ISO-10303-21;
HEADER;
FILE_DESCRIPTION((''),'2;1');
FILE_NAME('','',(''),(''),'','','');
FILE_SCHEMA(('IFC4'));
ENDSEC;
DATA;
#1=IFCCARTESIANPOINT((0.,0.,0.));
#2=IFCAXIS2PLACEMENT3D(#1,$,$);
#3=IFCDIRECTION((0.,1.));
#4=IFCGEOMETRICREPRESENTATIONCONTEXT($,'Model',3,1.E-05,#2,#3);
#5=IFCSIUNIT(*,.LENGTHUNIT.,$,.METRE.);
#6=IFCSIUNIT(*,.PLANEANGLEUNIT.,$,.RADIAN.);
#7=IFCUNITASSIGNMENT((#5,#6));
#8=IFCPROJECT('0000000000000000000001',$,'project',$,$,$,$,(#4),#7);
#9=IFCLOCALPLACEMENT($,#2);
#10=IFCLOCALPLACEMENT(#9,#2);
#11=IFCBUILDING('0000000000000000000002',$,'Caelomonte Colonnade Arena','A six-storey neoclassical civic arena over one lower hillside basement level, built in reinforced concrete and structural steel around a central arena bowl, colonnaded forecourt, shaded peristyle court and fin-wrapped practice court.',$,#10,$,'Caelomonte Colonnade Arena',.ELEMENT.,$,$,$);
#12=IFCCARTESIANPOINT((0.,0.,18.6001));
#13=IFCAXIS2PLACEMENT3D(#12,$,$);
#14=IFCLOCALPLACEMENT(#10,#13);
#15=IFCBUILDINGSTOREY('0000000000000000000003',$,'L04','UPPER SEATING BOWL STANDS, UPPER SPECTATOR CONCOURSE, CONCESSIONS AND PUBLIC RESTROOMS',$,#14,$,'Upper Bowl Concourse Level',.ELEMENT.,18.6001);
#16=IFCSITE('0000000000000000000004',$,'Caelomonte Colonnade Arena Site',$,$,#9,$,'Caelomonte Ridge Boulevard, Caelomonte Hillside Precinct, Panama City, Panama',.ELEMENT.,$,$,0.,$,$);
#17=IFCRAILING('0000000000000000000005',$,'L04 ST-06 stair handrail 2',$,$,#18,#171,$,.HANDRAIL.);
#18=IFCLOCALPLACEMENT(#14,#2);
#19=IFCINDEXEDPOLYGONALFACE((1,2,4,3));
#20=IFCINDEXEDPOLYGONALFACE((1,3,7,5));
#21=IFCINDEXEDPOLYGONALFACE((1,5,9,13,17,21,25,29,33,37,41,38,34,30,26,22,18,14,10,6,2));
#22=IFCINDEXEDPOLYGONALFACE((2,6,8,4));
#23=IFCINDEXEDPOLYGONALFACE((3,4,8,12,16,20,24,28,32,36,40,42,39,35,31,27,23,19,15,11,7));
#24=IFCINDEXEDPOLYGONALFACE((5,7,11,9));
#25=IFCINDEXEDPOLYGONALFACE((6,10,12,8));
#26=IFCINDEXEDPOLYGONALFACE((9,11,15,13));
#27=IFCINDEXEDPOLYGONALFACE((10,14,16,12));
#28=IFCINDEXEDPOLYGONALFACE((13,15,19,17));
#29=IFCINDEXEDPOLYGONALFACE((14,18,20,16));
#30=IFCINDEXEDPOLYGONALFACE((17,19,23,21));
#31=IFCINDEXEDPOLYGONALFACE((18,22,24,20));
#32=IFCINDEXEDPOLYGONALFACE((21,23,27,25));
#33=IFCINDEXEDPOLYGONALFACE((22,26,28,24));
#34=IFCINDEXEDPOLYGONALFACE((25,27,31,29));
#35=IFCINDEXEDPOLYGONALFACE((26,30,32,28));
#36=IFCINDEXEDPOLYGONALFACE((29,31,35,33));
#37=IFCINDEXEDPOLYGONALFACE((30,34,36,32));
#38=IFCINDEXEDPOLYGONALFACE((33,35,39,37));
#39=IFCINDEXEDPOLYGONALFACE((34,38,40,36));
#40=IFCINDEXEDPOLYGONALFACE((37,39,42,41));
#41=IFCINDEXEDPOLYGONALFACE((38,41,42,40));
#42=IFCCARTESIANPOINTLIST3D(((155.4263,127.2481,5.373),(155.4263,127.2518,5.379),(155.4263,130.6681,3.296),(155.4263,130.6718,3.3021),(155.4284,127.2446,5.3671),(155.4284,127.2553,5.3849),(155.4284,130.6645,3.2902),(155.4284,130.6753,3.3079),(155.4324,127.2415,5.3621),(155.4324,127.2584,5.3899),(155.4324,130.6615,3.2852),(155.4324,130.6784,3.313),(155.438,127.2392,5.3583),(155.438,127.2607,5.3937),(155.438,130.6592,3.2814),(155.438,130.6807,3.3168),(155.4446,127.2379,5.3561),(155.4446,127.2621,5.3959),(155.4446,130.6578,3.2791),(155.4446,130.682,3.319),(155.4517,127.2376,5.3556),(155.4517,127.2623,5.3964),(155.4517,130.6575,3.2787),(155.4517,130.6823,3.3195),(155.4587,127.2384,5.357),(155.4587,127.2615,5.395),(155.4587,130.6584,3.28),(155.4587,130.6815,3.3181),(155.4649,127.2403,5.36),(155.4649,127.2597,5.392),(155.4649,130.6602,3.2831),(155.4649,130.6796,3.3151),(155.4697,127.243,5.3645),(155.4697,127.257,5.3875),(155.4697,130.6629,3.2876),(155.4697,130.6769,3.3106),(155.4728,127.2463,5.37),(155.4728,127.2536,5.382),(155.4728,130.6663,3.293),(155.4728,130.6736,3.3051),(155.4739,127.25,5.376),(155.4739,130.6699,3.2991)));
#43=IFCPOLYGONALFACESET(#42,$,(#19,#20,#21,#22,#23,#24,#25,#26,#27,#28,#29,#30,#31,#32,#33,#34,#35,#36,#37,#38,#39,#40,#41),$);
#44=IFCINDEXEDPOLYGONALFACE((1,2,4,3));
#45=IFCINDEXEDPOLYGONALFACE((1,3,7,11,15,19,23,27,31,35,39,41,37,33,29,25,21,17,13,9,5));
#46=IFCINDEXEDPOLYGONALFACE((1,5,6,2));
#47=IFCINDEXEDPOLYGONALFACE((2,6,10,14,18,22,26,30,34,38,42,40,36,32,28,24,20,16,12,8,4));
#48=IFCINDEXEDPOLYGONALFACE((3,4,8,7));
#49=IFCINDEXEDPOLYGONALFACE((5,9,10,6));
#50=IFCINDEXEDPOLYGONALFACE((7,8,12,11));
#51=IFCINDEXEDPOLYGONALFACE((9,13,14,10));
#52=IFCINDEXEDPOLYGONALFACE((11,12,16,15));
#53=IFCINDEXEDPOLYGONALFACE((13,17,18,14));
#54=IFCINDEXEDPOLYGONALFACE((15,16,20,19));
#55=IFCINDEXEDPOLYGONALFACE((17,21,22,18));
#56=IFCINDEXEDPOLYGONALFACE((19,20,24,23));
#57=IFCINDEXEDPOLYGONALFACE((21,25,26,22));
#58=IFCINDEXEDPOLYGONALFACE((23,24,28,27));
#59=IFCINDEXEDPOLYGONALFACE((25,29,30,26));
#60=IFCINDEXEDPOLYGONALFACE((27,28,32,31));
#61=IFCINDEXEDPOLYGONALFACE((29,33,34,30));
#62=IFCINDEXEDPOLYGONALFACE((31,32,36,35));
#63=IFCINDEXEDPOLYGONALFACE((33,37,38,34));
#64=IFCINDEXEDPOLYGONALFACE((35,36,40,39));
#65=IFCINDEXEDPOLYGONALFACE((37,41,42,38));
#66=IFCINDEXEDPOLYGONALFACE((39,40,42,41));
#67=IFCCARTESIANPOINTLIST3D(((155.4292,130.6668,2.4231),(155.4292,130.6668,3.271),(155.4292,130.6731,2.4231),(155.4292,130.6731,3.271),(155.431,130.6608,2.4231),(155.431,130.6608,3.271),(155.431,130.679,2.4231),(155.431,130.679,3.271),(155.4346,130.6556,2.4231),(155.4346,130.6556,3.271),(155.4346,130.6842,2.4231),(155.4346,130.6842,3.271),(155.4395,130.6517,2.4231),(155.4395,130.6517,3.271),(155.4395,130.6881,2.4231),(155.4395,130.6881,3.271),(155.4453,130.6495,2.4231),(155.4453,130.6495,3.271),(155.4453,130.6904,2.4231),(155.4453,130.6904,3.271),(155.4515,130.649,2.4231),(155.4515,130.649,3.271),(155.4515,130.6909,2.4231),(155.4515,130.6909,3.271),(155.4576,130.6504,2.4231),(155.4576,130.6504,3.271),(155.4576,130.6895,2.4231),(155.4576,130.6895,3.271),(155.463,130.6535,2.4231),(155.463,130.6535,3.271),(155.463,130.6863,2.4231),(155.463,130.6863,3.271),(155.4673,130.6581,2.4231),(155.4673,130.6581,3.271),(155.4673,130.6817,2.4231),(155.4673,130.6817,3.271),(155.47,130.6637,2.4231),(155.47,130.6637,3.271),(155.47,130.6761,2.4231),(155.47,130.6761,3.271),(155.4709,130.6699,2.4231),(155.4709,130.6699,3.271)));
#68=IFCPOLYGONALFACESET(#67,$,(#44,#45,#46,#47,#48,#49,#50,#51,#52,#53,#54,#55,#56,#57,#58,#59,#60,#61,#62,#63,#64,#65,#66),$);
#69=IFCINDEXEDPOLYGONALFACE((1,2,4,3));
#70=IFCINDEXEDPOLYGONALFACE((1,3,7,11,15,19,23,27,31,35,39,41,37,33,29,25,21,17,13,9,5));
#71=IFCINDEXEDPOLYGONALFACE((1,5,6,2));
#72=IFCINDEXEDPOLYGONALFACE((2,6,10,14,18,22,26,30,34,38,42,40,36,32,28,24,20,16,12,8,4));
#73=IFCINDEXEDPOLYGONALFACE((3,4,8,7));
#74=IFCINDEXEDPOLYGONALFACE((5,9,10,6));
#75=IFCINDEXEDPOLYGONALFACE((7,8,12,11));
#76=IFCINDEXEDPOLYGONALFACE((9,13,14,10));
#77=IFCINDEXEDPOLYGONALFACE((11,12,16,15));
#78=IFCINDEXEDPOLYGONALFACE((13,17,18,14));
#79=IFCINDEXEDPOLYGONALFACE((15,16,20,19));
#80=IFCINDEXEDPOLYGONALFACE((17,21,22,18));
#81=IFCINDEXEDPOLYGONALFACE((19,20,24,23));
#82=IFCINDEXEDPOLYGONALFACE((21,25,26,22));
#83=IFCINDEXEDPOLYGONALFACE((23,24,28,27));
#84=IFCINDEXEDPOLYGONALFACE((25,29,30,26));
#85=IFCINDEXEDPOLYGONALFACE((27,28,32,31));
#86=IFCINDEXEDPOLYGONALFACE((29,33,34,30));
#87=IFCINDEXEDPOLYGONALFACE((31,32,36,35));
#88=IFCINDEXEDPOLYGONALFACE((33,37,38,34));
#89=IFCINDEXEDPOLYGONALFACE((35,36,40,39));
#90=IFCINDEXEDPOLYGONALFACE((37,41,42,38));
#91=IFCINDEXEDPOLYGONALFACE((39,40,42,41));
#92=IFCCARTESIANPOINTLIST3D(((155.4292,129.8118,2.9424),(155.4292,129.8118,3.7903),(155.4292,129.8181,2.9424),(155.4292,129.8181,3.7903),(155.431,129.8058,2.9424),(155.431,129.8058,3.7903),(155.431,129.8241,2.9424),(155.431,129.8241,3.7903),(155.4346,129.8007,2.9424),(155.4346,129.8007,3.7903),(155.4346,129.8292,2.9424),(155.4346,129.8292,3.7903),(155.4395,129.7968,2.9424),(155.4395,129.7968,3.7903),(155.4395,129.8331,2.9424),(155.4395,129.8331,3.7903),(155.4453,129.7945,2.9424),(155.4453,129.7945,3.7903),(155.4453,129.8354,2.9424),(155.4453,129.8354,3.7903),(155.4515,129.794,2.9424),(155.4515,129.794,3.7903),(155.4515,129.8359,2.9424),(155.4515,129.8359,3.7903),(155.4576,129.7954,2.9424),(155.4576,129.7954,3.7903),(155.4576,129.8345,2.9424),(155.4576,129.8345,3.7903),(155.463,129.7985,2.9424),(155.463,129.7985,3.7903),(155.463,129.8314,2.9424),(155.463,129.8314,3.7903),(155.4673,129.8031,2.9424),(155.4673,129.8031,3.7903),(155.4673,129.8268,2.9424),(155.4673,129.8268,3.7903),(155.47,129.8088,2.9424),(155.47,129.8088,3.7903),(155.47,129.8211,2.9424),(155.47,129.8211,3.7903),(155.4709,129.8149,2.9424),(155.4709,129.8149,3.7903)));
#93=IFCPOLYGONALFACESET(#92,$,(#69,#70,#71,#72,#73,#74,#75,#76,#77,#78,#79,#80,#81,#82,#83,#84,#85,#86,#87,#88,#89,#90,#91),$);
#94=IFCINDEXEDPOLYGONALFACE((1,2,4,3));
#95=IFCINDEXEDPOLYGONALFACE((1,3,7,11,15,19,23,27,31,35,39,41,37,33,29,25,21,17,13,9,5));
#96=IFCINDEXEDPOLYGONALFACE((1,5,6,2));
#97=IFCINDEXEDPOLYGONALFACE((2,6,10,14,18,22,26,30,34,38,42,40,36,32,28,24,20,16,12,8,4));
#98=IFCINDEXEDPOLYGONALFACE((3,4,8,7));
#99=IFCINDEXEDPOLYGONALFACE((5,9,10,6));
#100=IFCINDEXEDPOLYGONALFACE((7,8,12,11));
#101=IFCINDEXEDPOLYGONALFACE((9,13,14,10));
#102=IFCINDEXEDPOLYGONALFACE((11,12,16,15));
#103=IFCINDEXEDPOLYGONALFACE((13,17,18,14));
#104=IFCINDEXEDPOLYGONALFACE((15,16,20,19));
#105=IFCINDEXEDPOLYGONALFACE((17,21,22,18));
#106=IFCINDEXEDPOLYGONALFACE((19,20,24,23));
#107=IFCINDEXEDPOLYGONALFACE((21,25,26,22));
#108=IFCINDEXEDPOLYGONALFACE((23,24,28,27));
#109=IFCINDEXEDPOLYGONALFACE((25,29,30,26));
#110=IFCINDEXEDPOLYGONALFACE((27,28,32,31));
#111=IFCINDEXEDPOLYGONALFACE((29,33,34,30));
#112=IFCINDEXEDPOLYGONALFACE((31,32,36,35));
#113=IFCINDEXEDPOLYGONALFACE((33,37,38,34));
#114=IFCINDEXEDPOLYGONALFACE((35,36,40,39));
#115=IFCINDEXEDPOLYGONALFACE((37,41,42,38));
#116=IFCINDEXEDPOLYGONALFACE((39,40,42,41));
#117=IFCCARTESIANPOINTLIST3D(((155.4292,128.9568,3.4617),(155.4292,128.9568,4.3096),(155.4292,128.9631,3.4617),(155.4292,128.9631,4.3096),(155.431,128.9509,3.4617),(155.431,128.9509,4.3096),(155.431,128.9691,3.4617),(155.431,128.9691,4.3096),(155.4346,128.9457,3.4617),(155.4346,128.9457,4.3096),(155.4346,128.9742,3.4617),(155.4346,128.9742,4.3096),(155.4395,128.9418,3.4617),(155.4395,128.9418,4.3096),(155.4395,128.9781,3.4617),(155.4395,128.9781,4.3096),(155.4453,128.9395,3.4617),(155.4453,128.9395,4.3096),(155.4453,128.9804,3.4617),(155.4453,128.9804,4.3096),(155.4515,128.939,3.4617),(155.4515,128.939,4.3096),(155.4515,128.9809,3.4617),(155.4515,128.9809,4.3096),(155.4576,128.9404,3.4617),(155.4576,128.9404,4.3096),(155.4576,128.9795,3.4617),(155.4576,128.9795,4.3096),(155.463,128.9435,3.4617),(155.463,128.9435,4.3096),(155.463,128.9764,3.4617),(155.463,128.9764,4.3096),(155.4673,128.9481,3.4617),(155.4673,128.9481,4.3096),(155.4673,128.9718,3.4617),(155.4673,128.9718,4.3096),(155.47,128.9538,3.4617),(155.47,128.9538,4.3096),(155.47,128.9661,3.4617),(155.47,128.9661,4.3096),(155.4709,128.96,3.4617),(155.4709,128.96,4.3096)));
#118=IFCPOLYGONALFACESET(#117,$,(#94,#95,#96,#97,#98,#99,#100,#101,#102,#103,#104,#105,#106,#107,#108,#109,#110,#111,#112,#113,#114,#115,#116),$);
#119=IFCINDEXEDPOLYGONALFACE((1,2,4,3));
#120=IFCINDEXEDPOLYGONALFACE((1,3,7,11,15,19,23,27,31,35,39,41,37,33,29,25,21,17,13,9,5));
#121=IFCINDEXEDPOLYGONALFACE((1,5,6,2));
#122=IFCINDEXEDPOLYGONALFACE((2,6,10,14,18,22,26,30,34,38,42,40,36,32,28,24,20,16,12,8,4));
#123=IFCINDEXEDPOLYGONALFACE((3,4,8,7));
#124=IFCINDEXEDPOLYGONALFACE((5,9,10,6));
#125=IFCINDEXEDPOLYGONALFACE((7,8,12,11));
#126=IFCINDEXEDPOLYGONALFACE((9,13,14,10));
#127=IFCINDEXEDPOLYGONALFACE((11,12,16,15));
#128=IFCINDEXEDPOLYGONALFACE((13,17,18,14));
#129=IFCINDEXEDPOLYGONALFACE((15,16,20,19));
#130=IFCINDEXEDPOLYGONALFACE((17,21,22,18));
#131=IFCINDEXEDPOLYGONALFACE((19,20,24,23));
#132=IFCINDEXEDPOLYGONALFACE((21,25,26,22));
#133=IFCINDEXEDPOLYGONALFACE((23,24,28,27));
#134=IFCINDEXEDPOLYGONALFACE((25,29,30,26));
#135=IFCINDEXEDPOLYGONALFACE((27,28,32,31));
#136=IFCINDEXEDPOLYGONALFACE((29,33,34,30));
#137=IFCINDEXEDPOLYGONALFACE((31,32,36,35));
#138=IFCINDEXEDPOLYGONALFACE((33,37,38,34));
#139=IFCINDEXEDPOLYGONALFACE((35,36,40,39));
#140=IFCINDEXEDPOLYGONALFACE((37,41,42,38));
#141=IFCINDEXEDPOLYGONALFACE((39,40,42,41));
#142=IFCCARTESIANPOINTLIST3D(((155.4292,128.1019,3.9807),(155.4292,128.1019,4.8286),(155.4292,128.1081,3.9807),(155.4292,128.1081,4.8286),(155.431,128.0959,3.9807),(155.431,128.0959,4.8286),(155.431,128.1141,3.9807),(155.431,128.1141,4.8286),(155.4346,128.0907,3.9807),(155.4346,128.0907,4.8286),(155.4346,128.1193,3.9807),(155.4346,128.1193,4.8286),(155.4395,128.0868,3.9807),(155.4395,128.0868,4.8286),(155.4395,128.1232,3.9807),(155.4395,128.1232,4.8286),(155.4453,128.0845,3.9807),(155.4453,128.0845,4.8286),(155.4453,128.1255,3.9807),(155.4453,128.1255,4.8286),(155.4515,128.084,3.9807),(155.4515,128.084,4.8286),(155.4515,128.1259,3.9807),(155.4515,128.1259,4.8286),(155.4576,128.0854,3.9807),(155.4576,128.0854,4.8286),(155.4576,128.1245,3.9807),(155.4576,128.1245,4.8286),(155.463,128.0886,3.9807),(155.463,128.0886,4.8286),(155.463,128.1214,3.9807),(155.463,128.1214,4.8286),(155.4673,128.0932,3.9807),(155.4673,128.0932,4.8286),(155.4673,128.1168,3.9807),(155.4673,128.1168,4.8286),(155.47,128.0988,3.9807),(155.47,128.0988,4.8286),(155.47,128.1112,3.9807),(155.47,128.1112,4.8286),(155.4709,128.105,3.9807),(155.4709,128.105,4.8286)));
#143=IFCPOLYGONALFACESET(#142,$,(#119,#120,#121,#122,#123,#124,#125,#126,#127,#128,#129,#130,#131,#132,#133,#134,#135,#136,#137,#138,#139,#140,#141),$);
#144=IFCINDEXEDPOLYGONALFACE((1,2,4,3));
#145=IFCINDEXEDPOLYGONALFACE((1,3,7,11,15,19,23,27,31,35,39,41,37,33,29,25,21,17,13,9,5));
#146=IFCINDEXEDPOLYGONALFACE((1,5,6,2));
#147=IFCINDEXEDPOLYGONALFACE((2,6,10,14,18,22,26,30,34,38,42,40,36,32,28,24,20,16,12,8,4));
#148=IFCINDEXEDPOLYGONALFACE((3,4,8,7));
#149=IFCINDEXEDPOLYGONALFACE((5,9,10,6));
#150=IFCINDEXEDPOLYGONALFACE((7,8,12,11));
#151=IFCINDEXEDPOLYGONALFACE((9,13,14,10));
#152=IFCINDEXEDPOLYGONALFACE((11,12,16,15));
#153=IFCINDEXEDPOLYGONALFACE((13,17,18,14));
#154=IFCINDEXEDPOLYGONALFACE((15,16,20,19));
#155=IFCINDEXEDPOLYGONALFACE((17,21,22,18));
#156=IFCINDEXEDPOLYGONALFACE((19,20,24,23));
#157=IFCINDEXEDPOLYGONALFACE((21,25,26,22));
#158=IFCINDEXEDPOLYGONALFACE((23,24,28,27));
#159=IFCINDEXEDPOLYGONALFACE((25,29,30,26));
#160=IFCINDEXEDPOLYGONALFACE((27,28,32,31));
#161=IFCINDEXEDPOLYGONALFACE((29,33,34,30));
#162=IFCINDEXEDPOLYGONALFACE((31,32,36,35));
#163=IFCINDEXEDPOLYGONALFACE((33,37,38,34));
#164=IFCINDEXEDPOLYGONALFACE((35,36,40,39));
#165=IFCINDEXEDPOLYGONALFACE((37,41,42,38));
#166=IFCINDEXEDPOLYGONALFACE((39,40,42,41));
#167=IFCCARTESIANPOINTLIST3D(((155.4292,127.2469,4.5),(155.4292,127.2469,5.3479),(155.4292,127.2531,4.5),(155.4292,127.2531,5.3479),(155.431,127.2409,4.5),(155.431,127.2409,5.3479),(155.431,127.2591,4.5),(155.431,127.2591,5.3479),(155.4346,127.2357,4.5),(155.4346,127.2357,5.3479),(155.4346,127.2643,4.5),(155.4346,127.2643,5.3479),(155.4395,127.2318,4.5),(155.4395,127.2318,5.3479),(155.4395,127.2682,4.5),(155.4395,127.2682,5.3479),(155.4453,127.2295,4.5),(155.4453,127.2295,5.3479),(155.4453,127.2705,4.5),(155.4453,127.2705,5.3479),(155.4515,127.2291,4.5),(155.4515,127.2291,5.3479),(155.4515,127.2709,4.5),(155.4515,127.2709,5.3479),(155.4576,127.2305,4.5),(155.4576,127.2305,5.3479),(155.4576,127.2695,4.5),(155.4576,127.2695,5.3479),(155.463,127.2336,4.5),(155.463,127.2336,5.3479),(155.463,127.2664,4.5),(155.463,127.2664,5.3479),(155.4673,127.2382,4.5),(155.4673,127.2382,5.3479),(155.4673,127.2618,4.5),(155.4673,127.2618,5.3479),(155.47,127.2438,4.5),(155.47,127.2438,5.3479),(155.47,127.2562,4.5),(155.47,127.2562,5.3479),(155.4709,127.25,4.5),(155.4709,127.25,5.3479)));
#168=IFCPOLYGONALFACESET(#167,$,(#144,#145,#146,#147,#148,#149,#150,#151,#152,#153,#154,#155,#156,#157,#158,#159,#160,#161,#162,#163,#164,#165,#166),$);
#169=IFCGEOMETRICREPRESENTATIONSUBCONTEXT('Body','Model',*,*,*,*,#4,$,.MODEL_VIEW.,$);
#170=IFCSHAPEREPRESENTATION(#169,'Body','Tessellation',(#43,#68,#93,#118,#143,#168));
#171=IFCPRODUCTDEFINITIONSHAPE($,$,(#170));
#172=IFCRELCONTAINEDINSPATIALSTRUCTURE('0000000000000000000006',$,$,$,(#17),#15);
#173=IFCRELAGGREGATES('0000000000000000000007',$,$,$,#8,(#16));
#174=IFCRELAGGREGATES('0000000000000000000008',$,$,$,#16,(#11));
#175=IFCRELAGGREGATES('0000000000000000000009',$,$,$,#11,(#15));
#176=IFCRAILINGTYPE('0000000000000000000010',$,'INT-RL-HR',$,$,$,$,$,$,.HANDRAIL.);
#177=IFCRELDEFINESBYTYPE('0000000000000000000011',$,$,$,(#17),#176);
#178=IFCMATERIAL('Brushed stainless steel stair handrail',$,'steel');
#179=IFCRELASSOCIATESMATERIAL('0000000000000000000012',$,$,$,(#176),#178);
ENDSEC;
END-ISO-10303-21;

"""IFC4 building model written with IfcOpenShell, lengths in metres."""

from ifc_helpers import new_model, si_unit, direction, frame, origin, origin_2d, place, context, subcontext, project, spatial, circle, extrude, material, type_object, element, save


model = new_model("IFC4")

# Units and contexts
model_context = context("Model", 3, precision=1e-05, world=origin(), true_north=direction((0.0, 1.0)))
body_context = subcontext(model_context, "Body", "Model", "MODEL_VIEW")
ifc_project = project(units=[si_unit("LENGTHUNIT", "METRE"), si_unit("PLANEANGLEUNIT", "RADIAN")], contexts=[model_context])

# Site, building, storey
site_placement = place(None, origin())
site = spatial("IfcSite", under=ifc_project, at=site_placement, Name="Caelomonte Colonnade Arena Site", LongName="Caelomonte Ridge Boulevard, Caelomonte Hillside Precinct, Panama City, Panama", CompositionType="ELEMENT", RefElevation=0.0)
building_placement = place(site_placement, origin())
building = spatial("IfcBuilding", under=site, at=building_placement, Name="Caelomonte Colonnade Arena", Description="A six-storey neoclassical civic arena over one lower hillside basement level, built in reinforced concrete and structural steel around a central arena bowl, colonnaded forecourt, shaded peristyle court and fin-wrapped practice court.", LongName="Caelomonte Colonnade Arena", CompositionType="ELEMENT")
storey_placement = place(building_placement, frame((0.0, 0.0, 18.6001)))
storey = spatial("IfcBuildingStorey", under=building, at=storey_placement, Name="L04", Description="UPPER SEATING BOWL STANDS, UPPER SPECTATOR CONCOURSE, CONCESSIONS AND PUBLIC RESTROOMS", LongName="Upper Bowl Concourse Level", CompositionType="ELEMENT", Elevation=18.6001)

# Railing
ifc_material_1 = material(Name="Brushed stainless steel stair handrail", Category="steel")
railing_type_1 = type_object("IfcRailingType", Name="INT-RL-HR", PredefinedType="HANDRAIL", material=ifc_material_1)
railing_1_placement = place(storey_placement, frame((155.45, 130.6699, 2.4231)))
element("IfcRailing", 1, at=railing_1_placement, inside=storey, type_object=railing_type_1, Name="L04 ST-06 stair handrail 2", PredefinedType="HANDRAIL", context=body_context, shape_type="SweptSolid", body=[
    extrude(circle(Radius=0.0239, at=origin_2d()), frame((0.0, 0.0, 0.876), z_axis=(0.0, -0.85473, 0.519074), x_axis=(1.0, 0.0, 0.0)), (0.0, 0.0, 1.0), 4.0012),
    extrude(circle(Radius=0.021, at=origin_2d()), origin(), (0.0, 0.0, 1.0), 0.8479),
    extrude(circle(Radius=0.021, at=origin_2d()), frame((0.0, -0.855, 0.5193)), (0.0, 0.0, 1.0), 0.8479),
    extrude(circle(Radius=0.021, at=origin_2d()), frame((0.0, -1.71, 1.0386)), (0.0, 0.0, 1.0), 0.8479),
    extrude(circle(Radius=0.021, at=origin_2d()), frame((0.0, -2.5649, 1.5576)), (0.0, 0.0, 1.0), 0.8479),
    extrude(circle(Radius=0.021, at=origin_2d()), frame((0.0, -3.4199, 2.0769)), (0.0, 0.0, 1.0), 0.8479),
])

save(model, "model.ifc")
